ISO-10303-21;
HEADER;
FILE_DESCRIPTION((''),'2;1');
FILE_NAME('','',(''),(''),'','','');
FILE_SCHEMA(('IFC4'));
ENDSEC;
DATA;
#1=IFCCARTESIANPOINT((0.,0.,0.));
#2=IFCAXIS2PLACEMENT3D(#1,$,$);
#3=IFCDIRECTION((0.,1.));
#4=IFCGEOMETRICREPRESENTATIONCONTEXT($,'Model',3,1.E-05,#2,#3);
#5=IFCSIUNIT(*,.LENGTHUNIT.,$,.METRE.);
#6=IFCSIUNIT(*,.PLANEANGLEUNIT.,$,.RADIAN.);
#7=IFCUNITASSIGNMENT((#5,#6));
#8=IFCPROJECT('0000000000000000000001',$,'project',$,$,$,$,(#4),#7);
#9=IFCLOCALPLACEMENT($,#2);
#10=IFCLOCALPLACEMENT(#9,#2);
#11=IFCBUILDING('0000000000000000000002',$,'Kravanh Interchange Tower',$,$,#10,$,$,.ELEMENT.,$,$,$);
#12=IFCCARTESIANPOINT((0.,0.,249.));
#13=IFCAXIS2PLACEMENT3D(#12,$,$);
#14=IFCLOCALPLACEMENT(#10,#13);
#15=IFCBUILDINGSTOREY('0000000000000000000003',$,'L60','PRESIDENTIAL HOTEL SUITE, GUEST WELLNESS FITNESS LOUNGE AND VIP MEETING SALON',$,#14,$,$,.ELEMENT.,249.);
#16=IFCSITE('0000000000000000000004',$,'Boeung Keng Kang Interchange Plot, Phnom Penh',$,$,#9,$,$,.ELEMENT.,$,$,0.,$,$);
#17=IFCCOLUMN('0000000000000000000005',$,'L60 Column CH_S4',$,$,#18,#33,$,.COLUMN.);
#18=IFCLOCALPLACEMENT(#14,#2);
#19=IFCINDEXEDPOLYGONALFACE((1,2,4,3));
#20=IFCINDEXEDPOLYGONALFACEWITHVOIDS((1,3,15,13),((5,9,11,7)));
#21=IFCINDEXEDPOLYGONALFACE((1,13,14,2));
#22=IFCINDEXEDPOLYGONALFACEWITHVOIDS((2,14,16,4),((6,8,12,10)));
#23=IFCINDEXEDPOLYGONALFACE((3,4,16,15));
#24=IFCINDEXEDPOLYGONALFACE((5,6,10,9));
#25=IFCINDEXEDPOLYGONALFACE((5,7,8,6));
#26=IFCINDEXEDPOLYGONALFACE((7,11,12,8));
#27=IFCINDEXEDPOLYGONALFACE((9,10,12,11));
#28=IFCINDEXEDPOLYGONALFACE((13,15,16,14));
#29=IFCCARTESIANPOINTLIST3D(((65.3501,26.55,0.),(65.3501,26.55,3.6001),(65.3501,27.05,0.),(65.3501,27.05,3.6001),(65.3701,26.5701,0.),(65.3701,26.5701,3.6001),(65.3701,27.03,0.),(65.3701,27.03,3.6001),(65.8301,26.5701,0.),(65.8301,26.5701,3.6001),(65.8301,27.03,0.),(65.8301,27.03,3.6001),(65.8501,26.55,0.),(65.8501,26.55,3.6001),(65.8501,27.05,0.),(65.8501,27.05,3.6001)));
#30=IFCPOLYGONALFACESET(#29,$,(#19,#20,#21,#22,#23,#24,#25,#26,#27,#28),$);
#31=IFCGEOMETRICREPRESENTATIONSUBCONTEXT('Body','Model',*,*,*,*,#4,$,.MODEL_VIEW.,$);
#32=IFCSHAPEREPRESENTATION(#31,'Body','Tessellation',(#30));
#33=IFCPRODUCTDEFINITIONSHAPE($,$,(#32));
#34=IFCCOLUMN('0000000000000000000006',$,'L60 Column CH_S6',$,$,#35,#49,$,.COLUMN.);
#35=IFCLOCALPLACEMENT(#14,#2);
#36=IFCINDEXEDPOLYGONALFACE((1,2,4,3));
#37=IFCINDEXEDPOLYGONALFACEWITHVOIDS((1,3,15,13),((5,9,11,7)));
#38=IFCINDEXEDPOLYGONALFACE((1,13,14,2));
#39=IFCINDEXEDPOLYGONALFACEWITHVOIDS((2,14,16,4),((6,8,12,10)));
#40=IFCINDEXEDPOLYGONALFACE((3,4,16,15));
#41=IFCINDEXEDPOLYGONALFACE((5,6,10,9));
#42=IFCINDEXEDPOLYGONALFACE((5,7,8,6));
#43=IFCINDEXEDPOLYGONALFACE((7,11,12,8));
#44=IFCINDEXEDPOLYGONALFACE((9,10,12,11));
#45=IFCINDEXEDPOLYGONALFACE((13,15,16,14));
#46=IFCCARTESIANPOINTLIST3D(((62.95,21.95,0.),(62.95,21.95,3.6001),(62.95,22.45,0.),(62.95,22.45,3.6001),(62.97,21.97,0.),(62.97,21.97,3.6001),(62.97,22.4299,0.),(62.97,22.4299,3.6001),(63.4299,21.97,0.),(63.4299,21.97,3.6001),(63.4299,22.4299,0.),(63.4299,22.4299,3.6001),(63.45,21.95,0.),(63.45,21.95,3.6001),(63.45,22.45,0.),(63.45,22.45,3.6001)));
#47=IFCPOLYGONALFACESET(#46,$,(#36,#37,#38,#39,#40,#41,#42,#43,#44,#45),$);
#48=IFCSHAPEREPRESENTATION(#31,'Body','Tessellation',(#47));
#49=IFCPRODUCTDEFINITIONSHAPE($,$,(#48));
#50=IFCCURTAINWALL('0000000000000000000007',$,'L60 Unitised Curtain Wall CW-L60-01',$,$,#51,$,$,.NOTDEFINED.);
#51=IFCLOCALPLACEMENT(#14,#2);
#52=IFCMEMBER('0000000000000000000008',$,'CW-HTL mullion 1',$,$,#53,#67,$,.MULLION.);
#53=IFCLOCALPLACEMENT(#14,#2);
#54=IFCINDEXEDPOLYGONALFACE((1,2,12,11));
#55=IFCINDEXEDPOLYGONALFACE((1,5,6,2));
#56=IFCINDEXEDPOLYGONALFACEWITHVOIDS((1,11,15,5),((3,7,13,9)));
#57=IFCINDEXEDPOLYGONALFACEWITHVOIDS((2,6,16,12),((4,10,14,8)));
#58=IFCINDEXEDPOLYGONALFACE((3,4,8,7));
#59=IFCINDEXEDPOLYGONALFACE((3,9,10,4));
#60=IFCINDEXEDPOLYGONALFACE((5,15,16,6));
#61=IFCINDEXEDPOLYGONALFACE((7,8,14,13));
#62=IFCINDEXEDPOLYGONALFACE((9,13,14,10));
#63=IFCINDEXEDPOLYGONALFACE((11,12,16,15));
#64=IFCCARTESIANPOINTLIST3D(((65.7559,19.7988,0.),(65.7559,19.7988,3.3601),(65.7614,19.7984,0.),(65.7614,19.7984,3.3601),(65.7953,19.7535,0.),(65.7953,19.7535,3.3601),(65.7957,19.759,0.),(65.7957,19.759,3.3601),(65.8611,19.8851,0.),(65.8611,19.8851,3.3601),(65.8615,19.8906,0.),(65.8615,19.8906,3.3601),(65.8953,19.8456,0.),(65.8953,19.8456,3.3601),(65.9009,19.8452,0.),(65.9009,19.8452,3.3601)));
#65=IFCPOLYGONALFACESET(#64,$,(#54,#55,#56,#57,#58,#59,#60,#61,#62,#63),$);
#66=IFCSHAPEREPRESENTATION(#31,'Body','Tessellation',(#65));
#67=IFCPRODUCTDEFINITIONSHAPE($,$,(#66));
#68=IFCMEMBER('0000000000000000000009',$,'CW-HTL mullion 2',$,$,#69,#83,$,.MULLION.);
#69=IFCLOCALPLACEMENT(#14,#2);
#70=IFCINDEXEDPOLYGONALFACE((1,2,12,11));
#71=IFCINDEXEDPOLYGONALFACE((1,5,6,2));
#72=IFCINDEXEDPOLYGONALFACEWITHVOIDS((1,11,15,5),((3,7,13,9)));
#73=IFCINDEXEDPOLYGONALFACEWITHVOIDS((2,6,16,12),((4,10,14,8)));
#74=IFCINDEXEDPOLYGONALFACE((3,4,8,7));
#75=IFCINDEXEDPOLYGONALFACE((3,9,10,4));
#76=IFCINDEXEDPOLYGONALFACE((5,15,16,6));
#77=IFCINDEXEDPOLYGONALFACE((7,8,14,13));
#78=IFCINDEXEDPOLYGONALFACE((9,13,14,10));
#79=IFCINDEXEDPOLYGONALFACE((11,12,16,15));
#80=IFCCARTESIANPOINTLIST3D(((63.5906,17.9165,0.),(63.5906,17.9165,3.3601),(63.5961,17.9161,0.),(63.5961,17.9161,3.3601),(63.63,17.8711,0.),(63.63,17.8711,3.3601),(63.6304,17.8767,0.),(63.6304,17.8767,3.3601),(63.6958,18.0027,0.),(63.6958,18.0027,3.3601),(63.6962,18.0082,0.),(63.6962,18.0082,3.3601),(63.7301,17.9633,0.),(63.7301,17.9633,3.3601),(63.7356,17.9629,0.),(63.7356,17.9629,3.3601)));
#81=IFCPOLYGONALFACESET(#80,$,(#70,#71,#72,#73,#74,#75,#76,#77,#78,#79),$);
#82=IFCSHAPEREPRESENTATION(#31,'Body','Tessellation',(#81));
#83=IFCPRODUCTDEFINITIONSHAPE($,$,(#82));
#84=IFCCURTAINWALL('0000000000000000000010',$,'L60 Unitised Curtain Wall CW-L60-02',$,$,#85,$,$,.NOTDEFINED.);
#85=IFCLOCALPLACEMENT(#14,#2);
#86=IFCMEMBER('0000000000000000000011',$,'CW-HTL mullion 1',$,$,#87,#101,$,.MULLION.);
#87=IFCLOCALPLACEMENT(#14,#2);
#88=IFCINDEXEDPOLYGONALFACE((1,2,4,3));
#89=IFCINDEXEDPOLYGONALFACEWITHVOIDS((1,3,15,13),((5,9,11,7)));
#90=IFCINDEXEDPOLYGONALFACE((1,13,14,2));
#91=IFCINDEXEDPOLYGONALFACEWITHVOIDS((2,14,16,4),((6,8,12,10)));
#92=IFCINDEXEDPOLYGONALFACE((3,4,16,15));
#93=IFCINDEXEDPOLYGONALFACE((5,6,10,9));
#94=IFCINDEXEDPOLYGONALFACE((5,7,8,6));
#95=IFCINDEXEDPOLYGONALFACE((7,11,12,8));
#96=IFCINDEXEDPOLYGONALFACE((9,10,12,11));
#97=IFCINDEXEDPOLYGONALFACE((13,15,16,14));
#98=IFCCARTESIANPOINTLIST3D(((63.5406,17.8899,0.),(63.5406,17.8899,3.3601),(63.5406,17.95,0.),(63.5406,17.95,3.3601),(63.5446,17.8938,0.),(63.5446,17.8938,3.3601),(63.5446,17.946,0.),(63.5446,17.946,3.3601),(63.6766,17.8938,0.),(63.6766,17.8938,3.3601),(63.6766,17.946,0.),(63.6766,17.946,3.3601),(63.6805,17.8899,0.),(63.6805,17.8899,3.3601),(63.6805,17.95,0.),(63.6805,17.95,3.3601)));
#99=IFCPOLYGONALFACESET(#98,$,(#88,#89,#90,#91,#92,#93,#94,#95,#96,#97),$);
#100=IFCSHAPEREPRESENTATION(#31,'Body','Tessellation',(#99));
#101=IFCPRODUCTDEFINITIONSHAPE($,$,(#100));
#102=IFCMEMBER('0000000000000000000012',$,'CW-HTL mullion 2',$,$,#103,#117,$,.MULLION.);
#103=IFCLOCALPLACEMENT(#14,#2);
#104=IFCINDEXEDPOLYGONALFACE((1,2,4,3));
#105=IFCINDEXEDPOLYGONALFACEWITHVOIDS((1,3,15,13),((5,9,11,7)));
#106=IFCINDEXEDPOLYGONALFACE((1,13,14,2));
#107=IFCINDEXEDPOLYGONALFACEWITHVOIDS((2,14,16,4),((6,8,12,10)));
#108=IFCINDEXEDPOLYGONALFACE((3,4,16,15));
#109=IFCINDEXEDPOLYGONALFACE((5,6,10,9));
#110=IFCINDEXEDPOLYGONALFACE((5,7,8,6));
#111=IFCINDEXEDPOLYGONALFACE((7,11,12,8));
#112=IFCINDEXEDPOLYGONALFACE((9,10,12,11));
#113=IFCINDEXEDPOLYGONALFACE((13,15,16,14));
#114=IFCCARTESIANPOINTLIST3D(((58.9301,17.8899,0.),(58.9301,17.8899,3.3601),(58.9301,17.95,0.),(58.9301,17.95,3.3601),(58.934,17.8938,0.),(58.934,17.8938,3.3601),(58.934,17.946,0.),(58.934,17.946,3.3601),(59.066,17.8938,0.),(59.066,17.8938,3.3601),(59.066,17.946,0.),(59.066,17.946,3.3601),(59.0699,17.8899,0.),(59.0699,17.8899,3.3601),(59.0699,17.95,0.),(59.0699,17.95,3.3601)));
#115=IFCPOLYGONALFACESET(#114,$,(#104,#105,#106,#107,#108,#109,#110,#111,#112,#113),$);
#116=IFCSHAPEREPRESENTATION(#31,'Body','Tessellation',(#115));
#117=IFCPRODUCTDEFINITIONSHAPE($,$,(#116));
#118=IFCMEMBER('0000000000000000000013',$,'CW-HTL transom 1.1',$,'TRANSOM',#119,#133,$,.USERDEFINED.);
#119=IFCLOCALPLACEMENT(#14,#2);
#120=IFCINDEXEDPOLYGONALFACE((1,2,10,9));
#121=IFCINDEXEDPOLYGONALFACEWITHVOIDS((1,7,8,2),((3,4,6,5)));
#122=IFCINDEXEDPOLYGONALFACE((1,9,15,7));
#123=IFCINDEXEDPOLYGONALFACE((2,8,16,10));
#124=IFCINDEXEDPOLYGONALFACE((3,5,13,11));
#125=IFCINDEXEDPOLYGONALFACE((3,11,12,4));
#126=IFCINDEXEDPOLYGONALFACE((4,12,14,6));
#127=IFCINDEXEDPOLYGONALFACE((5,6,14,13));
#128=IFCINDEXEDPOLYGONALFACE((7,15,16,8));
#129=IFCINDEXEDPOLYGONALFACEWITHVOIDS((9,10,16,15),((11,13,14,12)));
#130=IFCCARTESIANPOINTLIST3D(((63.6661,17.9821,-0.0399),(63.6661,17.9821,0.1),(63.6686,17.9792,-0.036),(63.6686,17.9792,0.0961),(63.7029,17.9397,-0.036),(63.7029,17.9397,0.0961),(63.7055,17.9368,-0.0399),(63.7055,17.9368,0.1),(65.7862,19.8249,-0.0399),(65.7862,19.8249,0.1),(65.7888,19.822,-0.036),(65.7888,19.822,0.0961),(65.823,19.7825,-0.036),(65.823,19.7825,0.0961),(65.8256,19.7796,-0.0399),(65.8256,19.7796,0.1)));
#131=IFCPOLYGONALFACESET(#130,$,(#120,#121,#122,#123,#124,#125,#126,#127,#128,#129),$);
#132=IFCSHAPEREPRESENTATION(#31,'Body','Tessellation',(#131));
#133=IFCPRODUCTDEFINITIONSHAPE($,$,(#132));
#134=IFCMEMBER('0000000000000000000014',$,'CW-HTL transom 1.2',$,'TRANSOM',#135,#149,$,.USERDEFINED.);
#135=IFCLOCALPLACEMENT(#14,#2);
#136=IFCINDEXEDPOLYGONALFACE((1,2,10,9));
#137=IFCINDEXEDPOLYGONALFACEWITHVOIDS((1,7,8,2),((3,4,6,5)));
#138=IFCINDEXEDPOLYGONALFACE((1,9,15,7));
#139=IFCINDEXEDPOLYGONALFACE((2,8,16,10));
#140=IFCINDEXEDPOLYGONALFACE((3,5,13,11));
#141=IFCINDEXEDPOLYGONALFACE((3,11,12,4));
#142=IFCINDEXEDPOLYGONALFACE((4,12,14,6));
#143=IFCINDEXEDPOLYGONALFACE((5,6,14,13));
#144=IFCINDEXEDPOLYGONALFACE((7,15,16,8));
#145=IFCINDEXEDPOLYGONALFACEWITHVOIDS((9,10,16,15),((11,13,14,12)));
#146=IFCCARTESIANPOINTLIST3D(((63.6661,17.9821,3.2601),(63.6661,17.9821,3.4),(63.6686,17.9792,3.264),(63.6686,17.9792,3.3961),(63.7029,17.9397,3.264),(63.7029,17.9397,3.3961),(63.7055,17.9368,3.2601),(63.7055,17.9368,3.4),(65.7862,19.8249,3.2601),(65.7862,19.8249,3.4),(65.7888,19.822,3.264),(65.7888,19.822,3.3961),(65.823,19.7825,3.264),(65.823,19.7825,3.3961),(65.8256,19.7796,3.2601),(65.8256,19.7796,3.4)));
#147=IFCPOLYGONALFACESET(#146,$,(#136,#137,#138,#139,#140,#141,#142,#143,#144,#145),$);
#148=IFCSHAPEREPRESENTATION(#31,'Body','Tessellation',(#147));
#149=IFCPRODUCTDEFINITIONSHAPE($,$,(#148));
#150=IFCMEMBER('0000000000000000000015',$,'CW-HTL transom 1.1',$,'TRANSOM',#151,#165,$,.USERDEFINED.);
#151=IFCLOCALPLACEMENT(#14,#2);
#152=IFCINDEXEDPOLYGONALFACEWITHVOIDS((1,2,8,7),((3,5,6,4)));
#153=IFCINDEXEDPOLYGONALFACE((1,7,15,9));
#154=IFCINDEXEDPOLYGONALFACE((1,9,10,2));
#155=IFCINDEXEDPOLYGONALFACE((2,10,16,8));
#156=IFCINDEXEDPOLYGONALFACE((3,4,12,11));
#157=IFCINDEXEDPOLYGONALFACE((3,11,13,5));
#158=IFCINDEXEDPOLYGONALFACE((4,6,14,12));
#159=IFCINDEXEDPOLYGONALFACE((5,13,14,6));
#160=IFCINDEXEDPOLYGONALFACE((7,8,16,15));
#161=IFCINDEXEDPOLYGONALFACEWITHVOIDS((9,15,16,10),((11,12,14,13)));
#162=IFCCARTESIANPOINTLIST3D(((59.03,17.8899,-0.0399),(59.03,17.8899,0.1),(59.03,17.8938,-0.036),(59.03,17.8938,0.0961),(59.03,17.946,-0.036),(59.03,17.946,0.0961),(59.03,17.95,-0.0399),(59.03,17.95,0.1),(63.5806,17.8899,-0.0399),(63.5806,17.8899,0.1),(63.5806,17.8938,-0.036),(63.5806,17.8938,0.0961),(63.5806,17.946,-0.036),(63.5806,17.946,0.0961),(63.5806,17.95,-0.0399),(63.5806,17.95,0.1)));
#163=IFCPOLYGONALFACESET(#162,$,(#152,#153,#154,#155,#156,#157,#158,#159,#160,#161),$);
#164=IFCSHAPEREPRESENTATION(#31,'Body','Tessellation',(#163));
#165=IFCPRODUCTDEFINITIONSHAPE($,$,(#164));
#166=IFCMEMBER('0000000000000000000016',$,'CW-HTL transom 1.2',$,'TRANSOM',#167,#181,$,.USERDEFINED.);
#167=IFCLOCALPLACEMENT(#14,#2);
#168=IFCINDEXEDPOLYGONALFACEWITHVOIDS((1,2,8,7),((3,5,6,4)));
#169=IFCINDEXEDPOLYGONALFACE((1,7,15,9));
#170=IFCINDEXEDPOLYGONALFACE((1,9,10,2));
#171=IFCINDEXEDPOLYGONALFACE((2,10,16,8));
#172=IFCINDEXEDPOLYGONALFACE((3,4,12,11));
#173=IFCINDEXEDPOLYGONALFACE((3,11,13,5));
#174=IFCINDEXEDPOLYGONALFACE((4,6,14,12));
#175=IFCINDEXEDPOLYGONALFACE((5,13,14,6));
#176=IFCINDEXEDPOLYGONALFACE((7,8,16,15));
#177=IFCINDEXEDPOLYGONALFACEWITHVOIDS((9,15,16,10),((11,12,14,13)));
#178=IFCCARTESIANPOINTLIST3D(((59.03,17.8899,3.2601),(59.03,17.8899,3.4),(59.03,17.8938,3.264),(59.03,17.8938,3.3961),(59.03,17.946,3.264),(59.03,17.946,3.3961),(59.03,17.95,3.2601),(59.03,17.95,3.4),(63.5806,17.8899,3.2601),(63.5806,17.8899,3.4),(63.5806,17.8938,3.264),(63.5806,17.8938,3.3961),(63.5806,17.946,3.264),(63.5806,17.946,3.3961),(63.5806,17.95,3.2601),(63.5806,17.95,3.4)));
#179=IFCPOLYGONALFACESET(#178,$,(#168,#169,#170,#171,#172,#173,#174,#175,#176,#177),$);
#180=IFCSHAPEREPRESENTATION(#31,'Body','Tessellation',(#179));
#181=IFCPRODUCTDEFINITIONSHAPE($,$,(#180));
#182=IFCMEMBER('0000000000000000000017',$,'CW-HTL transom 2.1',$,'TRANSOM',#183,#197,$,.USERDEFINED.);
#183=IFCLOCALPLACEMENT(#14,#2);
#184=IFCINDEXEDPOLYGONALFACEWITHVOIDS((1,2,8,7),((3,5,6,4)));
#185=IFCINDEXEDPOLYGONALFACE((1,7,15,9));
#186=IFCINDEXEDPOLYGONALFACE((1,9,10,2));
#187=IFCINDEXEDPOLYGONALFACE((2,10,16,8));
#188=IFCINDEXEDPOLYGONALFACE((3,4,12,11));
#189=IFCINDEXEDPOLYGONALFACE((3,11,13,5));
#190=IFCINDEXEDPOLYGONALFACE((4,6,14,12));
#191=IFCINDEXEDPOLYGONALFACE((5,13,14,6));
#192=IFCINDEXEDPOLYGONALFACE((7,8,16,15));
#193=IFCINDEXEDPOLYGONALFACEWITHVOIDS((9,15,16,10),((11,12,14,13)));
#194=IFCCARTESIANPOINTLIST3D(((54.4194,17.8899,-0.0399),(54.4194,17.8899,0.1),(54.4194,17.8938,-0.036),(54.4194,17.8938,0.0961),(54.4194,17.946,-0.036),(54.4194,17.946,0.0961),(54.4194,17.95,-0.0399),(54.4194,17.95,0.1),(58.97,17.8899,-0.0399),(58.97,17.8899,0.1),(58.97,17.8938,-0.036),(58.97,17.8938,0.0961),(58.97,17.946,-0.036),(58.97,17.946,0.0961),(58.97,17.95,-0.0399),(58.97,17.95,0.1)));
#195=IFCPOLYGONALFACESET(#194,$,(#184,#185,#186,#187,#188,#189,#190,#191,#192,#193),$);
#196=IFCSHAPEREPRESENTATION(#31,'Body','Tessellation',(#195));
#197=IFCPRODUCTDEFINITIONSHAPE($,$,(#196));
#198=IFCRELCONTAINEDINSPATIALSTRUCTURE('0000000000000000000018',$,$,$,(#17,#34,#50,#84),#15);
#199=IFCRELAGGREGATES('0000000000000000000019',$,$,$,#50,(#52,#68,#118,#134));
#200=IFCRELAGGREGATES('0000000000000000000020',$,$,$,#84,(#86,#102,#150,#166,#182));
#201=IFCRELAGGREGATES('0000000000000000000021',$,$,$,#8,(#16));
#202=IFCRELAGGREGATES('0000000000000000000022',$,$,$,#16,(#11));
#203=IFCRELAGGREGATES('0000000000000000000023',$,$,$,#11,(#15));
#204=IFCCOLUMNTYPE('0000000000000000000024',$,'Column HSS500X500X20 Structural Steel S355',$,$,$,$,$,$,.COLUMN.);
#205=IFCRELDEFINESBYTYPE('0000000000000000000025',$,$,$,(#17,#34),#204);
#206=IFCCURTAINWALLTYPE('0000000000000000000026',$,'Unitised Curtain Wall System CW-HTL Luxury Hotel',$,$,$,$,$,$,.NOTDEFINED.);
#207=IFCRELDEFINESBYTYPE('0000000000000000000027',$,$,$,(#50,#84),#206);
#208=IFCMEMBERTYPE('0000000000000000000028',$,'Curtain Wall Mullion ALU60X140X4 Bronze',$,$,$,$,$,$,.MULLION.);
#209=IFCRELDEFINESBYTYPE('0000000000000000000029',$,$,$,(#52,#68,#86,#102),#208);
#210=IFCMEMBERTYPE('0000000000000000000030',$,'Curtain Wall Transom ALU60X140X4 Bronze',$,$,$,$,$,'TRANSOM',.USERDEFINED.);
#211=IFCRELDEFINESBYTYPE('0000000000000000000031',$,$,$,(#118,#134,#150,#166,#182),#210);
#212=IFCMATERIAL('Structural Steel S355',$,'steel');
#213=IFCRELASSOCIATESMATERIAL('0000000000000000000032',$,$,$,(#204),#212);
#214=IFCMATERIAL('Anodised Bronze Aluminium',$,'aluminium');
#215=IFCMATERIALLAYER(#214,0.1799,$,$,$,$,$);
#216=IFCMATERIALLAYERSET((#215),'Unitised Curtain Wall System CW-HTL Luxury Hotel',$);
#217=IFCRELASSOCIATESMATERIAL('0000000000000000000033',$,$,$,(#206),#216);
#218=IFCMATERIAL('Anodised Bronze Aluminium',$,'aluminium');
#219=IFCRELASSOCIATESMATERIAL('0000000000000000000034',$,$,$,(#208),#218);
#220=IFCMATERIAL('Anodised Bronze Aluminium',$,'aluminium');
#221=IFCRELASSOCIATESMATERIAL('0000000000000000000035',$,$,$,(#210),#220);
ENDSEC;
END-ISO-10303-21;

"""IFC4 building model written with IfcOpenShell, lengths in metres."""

from ifc_helpers import new_model, si_unit, direction, frame, origin, origin_2d, place, context, subcontext, project, spatial, hollow_rectangle, extrude, material, layer, layer_set, material_profile, profile_set, type_object, element, aggregate, save


model = new_model("IFC4")

# Units and contexts
model_context = context("Model", 3, precision=1e-05, world=origin(), true_north=direction((0.0, 1.0)))
body_context = subcontext(model_context, "Body", "Model", "MODEL_VIEW")
ifc_project = project(units=[si_unit("LENGTHUNIT", "METRE"), si_unit("PLANEANGLEUNIT", "RADIAN")], contexts=[model_context])

# Site, building, storey
site_placement = place(None, origin())
site = spatial("IfcSite", under=ifc_project, at=site_placement, Name="Boeung Keng Kang Interchange Plot, Phnom Penh", CompositionType="ELEMENT", RefElevation=0.0)
building_placement = place(site_placement, origin())
building = spatial("IfcBuilding", under=site, at=building_placement, Name="Kravanh Interchange Tower", CompositionType="ELEMENT")
storey_placement = place(building_placement, frame((0.0, 0.0, 249.0)))
storey = spatial("IfcBuildingStorey", under=building, at=storey_placement, Name="L60", Description="PRESIDENTIAL HOTEL SUITE, GUEST WELLNESS FITNESS LOUNGE AND VIP MEETING SALON", CompositionType="ELEMENT", Elevation=249.0)

# Columns
ifc_material_1 = material(Name="Structural Steel S355", Category="steel")
ifc_material_profile_1 = material_profile(ifc_material_1, hollow_rectangle(XDim=0.5, YDim=0.5, WallThickness=0.02, at=origin_2d()), Name="HSS500X500X20")
ifc_profile_set_1 = profile_set([ifc_material_profile_1], Name="Structural Steel S355")
column_type = type_object("IfcColumnType", Name="Column HSS500X500X20 Structural Steel S355", PredefinedType="COLUMN", material=ifc_profile_set_1)
for number, where, z_axis, x_axis, name in (
    (1, (65.6001, 26.8, 0.0), (0.0, 0.0, 1.0), (1.0, 0.0, 0.0), "L60 Column CH_S4"),
    (2, (63.2, 22.2, 0.0), (0.0, 0.0, 1.0), (1.0, 0.0, 0.0), "L60 Column CH_S6"),
):
    element("IfcColumn", number, at=place(storey_placement, frame(where, z_axis=z_axis, x_axis=x_axis)), inside=storey, type_object=column_type, Name=name, PredefinedType="COLUMN", context=body_context, shape_type="SweptSolid", body=[
        extrude(hollow_rectangle(XDim=0.5, YDim=0.5, WallThickness=0.02, at=origin_2d()), origin(), (0.0, 0.0, 1.0), 3.6001),
    ])

# Curtain walls, members
ifc_material_2 = material(Name="Anodised Bronze Aluminium", Category="aluminium")
ifc_layer_1 = layer(ifc_material_2, 0.1799)
ifc_layer_set_1 = layer_set([ifc_layer_1], Name="Unitised Curtain Wall System CW-HTL Luxury Hotel")
curtain_wall_type = type_object("IfcCurtainWallType", Name="Unitised Curtain Wall System CW-HTL Luxury Hotel", PredefinedType="NOTDEFINED", material=ifc_layer_set_1)
curtain_wall_1_placement = place(storey_placement, origin())
curtain_wall_1 = element("IfcCurtainWall", 3, at=curtain_wall_1_placement, inside=storey, type_object=curtain_wall_type, Name="L60 Unitised Curtain Wall CW-L60-01", PredefinedType="NOTDEFINED")
ifc_material_3 = material(Name="Anodised Bronze Aluminium", Category="aluminium")
ifc_material_profile_2 = material_profile(ifc_material_3, hollow_rectangle(XDim=0.0601, YDim=0.1399, WallThickness=0.0039, at=origin_2d()), Name="ALU60X140X4")
ifc_profile_set_2 = profile_set([ifc_material_profile_2], Name="Anodised Bronze Aluminium")
member_type_1 = type_object("IfcMemberType", Name="Curtain Wall Mullion ALU60X140X4 Bronze", PredefinedType="MULLION", material=ifc_profile_set_2)
member_1_placement = place(storey_placement, frame((65.8284, 19.822, 0.0), z_axis=(0.0, 0.0, 1.0), x_axis=(0.65605, -0.754717, 0.0)))
member_1 = element("IfcMember", 4, at=member_1_placement, type_object=member_type_1, Name="CW-HTL mullion 1", PredefinedType="MULLION", context=body_context, shape_type="SweptSolid", body=[
    extrude(hollow_rectangle(XDim=0.0601, YDim=0.1399, WallThickness=0.0039, at=origin_2d()), origin(), (0.0, 0.0, 1.0), 3.3601),
])
member_2_placement = place(storey_placement, frame((63.6631, 17.9397, 0.0), z_axis=(0.0, 0.0, 1.0), x_axis=(0.65605, -0.754717, 0.0)))
member_2 = element("IfcMember", 5, at=member_2_placement, type_object=member_type_1, Name="CW-HTL mullion 2", PredefinedType="MULLION", context=body_context, shape_type="SweptSolid", body=[
    extrude(hollow_rectangle(XDim=0.0601, YDim=0.1399, WallThickness=0.0039, at=origin_2d()), origin(), (0.0, 0.0, 1.0), 3.3601),
])
curtain_wall_2_placement = place(storey_placement, origin())
curtain_wall_2 = element("IfcCurtainWall", 6, at=curtain_wall_2_placement, inside=storey, type_object=curtain_wall_type, Name="L60 Unitised Curtain Wall CW-L60-02", PredefinedType="NOTDEFINED")
member_3_placement = place(storey_placement, frame((63.6106, 17.9199, 0.0), z_axis=(0.0, 0.0, 1.0), x_axis=(0.0, -1.0, 0.0)))
member_3 = element("IfcMember", 7, at=member_3_placement, type_object=member_type_1, Name="CW-HTL mullion 1", PredefinedType="MULLION", context=body_context, shape_type="SweptSolid", body=[
    extrude(hollow_rectangle(XDim=0.0601, YDim=0.1399, WallThickness=0.0039, at=origin_2d()), origin(), (0.0, 0.0, 1.0), 3.3601),
])
member_4_placement = place(storey_placement, frame((59.0, 17.9199, 0.0), z_axis=(0.0, 0.0, 1.0), x_axis=(0.0, -1.0, 0.0)))
member_4 = element("IfcMember", 8, at=member_4_placement, type_object=member_type_1, Name="CW-HTL mullion 2", PredefinedType="MULLION", context=body_context, shape_type="SweptSolid", body=[
    extrude(hollow_rectangle(XDim=0.0601, YDim=0.1399, WallThickness=0.0039, at=origin_2d()), origin(), (0.0, 0.0, 1.0), 3.3601),
])

# Members
ifc_material_4 = material(Name="Anodised Bronze Aluminium", Category="aluminium")
ifc_material_profile_3 = material_profile(ifc_material_4, hollow_rectangle(XDim=0.0601, YDim=0.1399, WallThickness=0.0039, at=origin_2d()), Name="ALU60X140X4")
ifc_profile_set_3 = profile_set([ifc_material_profile_3], Name="Anodised Bronze Aluminium")
member_type_2 = type_object("IfcMemberType", Name="Curtain Wall Transom ALU60X140X4 Bronze", ElementType="TRANSOM", PredefinedType="USERDEFINED", material=ifc_profile_set_3)
member_5_placement = place(storey_placement, frame((65.8059, 19.8022, 0.03), z_axis=(-0.754748, -0.656015, 0.0), x_axis=(0.656015, -0.754748, 0.0)))
member_5 = element("IfcMember", 9, at=member_5_placement, type_object=member_type_2, Name="CW-HTL transom 1.1", ObjectType="TRANSOM", PredefinedType="USERDEFINED", context=body_context, shape_type="SweptSolid", body=[
    extrude(hollow_rectangle(XDim=0.0601, YDim=0.1399, WallThickness=0.0039, at=origin_2d()), origin(), (0.0, 0.0, 1.0), 2.8091),
])
member_6_placement = place(storey_placement, frame((65.8059, 19.8022, 3.3301), z_axis=(-0.754748, -0.656015, 0.0), x_axis=(0.656015, -0.754748, 0.0)))
member_6 = element("IfcMember", 10, at=member_6_placement, type_object=member_type_2, Name="CW-HTL transom 1.2", ObjectType="TRANSOM", PredefinedType="USERDEFINED", context=body_context, shape_type="SweptSolid", body=[
    extrude(hollow_rectangle(XDim=0.0601, YDim=0.1399, WallThickness=0.0039, at=origin_2d()), origin(), (0.0, 0.0, 1.0), 2.8091),
])
member_7_placement = place(storey_placement, frame((63.5806, 17.9199, 0.03), z_axis=(-1.0, 0.0, 0.0), x_axis=(0.0, -1.0, 0.0)))
member_7 = element("IfcMember", 11, at=member_7_placement, type_object=member_type_2, Name="CW-HTL transom 1.1", ObjectType="TRANSOM", PredefinedType="USERDEFINED", context=body_context, shape_type="SweptSolid", body=[
    extrude(hollow_rectangle(XDim=0.0601, YDim=0.1399, WallThickness=0.0039, at=origin_2d()), origin(), (0.0, 0.0, 1.0), 4.5505),
])
member_8_placement = place(storey_placement, frame((63.5806, 17.9199, 3.3301), z_axis=(-1.0, 0.0, 0.0), x_axis=(0.0, -1.0, 0.0)))
member_8 = element("IfcMember", 12, at=member_8_placement, type_object=member_type_2, Name="CW-HTL transom 1.2", ObjectType="TRANSOM", PredefinedType="USERDEFINED", context=body_context, shape_type="SweptSolid", body=[
    extrude(hollow_rectangle(XDim=0.0601, YDim=0.1399, WallThickness=0.0039, at=origin_2d()), origin(), (0.0, 0.0, 1.0), 4.5505),
])
member_9_placement = place(storey_placement, frame((58.97, 17.9199, 0.03), z_axis=(-1.0, 0.0, 0.0), x_axis=(0.0, -1.0, 0.0)))
member_9 = element("IfcMember", 13, at=member_9_placement, type_object=member_type_2, Name="CW-HTL transom 2.1", ObjectType="TRANSOM", PredefinedType="USERDEFINED", context=body_context, shape_type="SweptSolid", body=[
    extrude(hollow_rectangle(XDim=0.0601, YDim=0.1399, WallThickness=0.0039, at=origin_2d()), origin(), (0.0, 0.0, 1.0), 4.5505),
])

aggregate(curtain_wall_1, [member_1, member_2, member_5, member_6])
aggregate(curtain_wall_2, [member_3, member_4, member_7, member_8, member_9])

save(model, "model.ifc")
